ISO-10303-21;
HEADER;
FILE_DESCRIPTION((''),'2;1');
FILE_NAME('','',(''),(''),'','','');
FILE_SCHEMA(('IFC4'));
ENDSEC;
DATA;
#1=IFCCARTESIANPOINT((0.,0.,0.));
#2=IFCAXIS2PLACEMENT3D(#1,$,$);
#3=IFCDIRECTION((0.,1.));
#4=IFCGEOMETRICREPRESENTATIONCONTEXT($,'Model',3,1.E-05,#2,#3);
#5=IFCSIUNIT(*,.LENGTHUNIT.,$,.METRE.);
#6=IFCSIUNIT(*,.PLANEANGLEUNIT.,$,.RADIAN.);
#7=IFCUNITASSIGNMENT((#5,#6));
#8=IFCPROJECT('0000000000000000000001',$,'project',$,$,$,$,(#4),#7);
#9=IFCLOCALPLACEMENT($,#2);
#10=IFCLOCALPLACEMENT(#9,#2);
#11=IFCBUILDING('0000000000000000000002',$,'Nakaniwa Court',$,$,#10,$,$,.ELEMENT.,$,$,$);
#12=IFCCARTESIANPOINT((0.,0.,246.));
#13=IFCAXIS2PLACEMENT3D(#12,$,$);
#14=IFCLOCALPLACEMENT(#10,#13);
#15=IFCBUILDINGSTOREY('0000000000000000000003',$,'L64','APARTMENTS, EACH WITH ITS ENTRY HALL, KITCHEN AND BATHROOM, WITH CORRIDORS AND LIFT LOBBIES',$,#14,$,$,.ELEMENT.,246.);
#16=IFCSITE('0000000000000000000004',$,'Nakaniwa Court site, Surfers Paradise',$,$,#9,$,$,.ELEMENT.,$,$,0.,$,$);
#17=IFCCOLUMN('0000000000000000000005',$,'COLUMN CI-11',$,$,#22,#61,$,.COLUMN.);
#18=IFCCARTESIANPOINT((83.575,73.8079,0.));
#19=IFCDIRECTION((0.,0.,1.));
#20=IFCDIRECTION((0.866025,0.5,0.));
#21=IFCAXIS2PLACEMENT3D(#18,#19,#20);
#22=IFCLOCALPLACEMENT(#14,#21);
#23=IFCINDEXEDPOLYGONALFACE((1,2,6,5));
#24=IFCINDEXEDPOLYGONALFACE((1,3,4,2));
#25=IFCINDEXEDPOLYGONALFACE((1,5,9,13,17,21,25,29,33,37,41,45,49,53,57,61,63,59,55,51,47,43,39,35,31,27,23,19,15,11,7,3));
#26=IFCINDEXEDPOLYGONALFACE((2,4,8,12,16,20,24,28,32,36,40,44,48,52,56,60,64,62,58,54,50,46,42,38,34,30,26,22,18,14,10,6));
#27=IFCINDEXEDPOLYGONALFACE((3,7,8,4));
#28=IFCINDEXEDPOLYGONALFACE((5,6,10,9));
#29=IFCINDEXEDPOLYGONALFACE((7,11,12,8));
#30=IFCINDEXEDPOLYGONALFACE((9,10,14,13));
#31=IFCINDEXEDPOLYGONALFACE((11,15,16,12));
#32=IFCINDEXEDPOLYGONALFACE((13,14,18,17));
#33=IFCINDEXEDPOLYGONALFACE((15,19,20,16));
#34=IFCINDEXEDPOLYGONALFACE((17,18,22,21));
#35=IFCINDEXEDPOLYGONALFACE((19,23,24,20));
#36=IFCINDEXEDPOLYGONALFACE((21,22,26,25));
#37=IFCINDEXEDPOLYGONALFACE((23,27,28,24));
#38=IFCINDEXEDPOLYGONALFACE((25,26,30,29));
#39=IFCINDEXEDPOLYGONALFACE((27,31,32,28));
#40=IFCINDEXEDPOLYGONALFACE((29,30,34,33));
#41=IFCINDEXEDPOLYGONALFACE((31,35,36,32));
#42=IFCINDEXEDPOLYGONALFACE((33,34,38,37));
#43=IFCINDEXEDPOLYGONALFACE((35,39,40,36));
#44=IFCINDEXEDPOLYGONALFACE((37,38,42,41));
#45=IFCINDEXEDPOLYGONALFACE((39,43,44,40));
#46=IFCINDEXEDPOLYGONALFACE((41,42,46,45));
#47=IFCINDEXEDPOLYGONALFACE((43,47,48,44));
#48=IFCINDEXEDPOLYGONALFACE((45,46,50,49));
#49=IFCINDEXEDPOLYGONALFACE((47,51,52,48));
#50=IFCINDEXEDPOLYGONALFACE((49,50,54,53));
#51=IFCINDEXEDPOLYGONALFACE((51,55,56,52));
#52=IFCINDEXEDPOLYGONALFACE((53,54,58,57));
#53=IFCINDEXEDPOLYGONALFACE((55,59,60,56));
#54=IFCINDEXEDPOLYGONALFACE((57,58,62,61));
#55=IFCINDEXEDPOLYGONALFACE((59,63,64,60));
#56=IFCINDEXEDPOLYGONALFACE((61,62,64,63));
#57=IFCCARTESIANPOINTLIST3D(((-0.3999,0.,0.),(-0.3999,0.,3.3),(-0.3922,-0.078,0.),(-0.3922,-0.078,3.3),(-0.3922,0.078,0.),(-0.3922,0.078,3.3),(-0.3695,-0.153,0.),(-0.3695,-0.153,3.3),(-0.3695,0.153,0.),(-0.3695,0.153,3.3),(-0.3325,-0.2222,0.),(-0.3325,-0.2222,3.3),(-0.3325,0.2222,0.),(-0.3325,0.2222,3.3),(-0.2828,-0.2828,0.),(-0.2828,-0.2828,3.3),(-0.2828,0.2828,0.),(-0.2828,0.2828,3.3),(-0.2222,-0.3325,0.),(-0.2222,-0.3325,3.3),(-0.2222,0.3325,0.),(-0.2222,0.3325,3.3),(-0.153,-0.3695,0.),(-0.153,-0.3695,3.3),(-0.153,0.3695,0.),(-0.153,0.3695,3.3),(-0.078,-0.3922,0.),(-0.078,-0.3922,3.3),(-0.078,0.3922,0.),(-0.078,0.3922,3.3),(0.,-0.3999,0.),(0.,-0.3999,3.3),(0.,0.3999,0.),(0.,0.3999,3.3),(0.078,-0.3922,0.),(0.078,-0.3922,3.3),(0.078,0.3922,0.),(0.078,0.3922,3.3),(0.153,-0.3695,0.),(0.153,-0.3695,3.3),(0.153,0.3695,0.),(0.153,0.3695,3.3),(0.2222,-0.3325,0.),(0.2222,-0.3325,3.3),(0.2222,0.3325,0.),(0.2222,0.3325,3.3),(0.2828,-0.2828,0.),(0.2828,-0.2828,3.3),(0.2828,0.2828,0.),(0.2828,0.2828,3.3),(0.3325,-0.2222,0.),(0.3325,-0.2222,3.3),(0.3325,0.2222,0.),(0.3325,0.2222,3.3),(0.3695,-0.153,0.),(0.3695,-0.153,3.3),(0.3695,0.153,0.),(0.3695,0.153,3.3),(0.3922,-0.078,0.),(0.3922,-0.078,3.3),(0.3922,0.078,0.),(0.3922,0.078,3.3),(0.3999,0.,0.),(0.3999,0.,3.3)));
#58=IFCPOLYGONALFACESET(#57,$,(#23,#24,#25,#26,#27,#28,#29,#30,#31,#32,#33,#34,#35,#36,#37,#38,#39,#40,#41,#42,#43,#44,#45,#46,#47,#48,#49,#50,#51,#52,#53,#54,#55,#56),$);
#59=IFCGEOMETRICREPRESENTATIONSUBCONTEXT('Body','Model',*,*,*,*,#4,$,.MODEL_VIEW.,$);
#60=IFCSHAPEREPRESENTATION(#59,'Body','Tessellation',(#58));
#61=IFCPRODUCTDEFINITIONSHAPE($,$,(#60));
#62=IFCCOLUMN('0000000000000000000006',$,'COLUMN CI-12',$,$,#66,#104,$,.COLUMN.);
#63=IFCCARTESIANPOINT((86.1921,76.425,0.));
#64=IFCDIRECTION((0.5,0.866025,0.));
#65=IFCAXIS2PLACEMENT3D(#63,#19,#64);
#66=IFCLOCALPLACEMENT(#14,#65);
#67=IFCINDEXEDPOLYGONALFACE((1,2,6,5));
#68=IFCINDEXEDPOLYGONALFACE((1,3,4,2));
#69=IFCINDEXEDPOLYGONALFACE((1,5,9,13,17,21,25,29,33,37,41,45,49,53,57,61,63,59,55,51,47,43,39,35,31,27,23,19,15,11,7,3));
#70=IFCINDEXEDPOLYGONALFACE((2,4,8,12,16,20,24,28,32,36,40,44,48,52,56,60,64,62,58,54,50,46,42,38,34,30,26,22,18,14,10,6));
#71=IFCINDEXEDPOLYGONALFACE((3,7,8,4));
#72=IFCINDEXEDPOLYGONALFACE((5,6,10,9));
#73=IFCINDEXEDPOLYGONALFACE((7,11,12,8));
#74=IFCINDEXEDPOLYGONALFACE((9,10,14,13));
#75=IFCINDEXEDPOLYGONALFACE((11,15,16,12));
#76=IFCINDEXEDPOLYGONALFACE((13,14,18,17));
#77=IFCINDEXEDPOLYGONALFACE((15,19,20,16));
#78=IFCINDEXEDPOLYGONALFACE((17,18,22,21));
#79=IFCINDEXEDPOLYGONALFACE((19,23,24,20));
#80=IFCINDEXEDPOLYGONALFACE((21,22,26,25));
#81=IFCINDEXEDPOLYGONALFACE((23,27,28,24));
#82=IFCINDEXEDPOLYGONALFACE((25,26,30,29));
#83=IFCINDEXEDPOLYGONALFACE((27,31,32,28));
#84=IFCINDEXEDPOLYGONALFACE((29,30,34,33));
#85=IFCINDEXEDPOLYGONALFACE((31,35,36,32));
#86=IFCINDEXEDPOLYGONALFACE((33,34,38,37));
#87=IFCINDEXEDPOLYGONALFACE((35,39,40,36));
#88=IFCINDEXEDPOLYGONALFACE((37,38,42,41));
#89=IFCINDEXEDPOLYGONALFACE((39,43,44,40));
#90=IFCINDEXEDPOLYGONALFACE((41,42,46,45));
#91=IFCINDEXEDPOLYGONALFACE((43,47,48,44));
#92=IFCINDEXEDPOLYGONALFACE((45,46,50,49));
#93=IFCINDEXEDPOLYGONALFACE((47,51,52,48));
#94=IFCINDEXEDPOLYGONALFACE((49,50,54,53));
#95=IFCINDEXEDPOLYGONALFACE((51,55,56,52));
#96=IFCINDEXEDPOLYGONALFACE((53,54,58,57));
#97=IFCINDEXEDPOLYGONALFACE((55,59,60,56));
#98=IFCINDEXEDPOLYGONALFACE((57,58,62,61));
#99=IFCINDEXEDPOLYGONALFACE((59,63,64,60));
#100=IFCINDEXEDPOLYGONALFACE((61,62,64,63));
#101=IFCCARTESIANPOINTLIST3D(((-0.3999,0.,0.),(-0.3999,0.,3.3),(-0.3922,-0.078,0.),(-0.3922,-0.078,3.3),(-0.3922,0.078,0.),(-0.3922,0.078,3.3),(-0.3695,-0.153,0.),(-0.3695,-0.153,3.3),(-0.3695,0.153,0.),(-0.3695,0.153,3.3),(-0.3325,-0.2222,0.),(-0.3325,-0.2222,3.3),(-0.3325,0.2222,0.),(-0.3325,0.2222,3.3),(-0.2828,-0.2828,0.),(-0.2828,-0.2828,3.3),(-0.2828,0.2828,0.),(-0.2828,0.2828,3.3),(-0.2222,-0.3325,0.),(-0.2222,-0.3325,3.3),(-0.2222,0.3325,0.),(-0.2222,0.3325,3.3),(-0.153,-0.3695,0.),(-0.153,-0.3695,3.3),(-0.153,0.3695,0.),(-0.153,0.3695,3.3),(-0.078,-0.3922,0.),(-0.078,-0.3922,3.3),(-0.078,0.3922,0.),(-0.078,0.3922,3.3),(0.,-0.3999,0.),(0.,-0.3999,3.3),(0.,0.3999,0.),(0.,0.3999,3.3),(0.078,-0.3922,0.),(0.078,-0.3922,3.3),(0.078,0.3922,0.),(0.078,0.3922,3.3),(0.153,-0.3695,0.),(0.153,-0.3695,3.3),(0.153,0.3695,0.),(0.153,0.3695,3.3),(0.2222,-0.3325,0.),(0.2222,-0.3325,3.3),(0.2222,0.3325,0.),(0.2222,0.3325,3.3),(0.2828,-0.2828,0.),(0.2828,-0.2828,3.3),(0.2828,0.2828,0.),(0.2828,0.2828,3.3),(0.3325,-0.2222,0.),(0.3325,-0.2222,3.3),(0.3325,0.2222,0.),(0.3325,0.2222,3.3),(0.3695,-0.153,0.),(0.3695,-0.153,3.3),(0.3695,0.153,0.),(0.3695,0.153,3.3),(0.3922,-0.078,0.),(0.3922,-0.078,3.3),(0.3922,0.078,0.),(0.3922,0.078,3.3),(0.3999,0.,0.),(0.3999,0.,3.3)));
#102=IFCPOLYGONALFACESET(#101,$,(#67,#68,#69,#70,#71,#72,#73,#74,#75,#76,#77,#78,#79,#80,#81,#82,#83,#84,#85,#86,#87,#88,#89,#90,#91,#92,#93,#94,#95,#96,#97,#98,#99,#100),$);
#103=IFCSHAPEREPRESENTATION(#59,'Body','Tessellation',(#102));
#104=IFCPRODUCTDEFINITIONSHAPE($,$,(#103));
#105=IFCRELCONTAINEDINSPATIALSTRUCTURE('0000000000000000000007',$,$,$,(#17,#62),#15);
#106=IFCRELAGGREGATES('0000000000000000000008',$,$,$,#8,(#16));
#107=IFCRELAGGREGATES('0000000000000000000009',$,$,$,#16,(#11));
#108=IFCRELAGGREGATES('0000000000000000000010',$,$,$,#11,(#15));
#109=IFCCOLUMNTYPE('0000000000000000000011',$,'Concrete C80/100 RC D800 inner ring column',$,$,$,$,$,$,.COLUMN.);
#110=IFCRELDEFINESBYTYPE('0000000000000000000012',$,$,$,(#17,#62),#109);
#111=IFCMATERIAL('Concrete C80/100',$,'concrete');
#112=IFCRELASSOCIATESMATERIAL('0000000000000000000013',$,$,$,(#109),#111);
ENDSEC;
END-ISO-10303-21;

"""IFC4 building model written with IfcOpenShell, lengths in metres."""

from ifc_helpers import new_model, si_unit, direction, frame, origin, origin_2d, place, context, subcontext, project, spatial, circle, extrude, material, material_profile, profile_set, type_object, element, save


model = new_model("IFC4")

# Units and contexts
model_context = context("Model", 3, precision=1e-05, world=origin(), true_north=direction((0.0, 1.0)))
body_context = subcontext(model_context, "Body", "Model", "MODEL_VIEW")
ifc_project = project(units=[si_unit("LENGTHUNIT", "METRE"), si_unit("PLANEANGLEUNIT", "RADIAN")], contexts=[model_context])

# Site, building, storey
site_placement = place(None, origin())
site = spatial("IfcSite", under=ifc_project, at=site_placement, Name="Nakaniwa Court site, Surfers Paradise", CompositionType="ELEMENT", RefElevation=0.0)
building_placement = place(site_placement, origin())
building = spatial("IfcBuilding", under=site, at=building_placement, Name="Nakaniwa Court", CompositionType="ELEMENT")
storey_placement = place(building_placement, frame((0.0, 0.0, 246.0)))
storey = spatial("IfcBuildingStorey", under=building, at=storey_placement, Name="L64", Description="APARTMENTS, EACH WITH ITS ENTRY HALL, KITCHEN AND BATHROOM, WITH CORRIDORS AND LIFT LOBBIES", CompositionType="ELEMENT", Elevation=246.0)

# Columns
ifc_material_1 = material(Name="Concrete C80/100", Category="concrete")
ifc_material_profile_1 = material_profile(ifc_material_1, circle(Radius=0.3999, at=origin_2d()), Name="Concrete C80/100 RC D800 inner ring column")
ifc_profile_set_1 = profile_set([ifc_material_profile_1], Name="Concrete C80/100")
column_type = type_object("IfcColumnType", Name="Concrete C80/100 RC D800 inner ring column", PredefinedType="COLUMN", material=ifc_profile_set_1)
for number, where, z_axis, x_axis, name in (
    (1, (83.575, 73.8079, 0.0), (0.0, 0.0, 1.0), (0.866025, 0.5, 0.0), "COLUMN CI-11"),
    (2, (86.1921, 76.425, 0.0), (0.0, 0.0, 1.0), (0.5, 0.866025, 0.0), "COLUMN CI-12"),
):
    element("IfcColumn", number, at=place(storey_placement, frame(where, z_axis=z_axis, x_axis=x_axis)), inside=storey, type_object=column_type, Name=name, PredefinedType="COLUMN", context=body_context, shape_type="SweptSolid", body=[
        extrude(circle(Radius=0.3999, at=origin_2d()), origin(), (0.0, 0.0, 1.0), 3.3),
    ])

save(model, "model.ifc")
